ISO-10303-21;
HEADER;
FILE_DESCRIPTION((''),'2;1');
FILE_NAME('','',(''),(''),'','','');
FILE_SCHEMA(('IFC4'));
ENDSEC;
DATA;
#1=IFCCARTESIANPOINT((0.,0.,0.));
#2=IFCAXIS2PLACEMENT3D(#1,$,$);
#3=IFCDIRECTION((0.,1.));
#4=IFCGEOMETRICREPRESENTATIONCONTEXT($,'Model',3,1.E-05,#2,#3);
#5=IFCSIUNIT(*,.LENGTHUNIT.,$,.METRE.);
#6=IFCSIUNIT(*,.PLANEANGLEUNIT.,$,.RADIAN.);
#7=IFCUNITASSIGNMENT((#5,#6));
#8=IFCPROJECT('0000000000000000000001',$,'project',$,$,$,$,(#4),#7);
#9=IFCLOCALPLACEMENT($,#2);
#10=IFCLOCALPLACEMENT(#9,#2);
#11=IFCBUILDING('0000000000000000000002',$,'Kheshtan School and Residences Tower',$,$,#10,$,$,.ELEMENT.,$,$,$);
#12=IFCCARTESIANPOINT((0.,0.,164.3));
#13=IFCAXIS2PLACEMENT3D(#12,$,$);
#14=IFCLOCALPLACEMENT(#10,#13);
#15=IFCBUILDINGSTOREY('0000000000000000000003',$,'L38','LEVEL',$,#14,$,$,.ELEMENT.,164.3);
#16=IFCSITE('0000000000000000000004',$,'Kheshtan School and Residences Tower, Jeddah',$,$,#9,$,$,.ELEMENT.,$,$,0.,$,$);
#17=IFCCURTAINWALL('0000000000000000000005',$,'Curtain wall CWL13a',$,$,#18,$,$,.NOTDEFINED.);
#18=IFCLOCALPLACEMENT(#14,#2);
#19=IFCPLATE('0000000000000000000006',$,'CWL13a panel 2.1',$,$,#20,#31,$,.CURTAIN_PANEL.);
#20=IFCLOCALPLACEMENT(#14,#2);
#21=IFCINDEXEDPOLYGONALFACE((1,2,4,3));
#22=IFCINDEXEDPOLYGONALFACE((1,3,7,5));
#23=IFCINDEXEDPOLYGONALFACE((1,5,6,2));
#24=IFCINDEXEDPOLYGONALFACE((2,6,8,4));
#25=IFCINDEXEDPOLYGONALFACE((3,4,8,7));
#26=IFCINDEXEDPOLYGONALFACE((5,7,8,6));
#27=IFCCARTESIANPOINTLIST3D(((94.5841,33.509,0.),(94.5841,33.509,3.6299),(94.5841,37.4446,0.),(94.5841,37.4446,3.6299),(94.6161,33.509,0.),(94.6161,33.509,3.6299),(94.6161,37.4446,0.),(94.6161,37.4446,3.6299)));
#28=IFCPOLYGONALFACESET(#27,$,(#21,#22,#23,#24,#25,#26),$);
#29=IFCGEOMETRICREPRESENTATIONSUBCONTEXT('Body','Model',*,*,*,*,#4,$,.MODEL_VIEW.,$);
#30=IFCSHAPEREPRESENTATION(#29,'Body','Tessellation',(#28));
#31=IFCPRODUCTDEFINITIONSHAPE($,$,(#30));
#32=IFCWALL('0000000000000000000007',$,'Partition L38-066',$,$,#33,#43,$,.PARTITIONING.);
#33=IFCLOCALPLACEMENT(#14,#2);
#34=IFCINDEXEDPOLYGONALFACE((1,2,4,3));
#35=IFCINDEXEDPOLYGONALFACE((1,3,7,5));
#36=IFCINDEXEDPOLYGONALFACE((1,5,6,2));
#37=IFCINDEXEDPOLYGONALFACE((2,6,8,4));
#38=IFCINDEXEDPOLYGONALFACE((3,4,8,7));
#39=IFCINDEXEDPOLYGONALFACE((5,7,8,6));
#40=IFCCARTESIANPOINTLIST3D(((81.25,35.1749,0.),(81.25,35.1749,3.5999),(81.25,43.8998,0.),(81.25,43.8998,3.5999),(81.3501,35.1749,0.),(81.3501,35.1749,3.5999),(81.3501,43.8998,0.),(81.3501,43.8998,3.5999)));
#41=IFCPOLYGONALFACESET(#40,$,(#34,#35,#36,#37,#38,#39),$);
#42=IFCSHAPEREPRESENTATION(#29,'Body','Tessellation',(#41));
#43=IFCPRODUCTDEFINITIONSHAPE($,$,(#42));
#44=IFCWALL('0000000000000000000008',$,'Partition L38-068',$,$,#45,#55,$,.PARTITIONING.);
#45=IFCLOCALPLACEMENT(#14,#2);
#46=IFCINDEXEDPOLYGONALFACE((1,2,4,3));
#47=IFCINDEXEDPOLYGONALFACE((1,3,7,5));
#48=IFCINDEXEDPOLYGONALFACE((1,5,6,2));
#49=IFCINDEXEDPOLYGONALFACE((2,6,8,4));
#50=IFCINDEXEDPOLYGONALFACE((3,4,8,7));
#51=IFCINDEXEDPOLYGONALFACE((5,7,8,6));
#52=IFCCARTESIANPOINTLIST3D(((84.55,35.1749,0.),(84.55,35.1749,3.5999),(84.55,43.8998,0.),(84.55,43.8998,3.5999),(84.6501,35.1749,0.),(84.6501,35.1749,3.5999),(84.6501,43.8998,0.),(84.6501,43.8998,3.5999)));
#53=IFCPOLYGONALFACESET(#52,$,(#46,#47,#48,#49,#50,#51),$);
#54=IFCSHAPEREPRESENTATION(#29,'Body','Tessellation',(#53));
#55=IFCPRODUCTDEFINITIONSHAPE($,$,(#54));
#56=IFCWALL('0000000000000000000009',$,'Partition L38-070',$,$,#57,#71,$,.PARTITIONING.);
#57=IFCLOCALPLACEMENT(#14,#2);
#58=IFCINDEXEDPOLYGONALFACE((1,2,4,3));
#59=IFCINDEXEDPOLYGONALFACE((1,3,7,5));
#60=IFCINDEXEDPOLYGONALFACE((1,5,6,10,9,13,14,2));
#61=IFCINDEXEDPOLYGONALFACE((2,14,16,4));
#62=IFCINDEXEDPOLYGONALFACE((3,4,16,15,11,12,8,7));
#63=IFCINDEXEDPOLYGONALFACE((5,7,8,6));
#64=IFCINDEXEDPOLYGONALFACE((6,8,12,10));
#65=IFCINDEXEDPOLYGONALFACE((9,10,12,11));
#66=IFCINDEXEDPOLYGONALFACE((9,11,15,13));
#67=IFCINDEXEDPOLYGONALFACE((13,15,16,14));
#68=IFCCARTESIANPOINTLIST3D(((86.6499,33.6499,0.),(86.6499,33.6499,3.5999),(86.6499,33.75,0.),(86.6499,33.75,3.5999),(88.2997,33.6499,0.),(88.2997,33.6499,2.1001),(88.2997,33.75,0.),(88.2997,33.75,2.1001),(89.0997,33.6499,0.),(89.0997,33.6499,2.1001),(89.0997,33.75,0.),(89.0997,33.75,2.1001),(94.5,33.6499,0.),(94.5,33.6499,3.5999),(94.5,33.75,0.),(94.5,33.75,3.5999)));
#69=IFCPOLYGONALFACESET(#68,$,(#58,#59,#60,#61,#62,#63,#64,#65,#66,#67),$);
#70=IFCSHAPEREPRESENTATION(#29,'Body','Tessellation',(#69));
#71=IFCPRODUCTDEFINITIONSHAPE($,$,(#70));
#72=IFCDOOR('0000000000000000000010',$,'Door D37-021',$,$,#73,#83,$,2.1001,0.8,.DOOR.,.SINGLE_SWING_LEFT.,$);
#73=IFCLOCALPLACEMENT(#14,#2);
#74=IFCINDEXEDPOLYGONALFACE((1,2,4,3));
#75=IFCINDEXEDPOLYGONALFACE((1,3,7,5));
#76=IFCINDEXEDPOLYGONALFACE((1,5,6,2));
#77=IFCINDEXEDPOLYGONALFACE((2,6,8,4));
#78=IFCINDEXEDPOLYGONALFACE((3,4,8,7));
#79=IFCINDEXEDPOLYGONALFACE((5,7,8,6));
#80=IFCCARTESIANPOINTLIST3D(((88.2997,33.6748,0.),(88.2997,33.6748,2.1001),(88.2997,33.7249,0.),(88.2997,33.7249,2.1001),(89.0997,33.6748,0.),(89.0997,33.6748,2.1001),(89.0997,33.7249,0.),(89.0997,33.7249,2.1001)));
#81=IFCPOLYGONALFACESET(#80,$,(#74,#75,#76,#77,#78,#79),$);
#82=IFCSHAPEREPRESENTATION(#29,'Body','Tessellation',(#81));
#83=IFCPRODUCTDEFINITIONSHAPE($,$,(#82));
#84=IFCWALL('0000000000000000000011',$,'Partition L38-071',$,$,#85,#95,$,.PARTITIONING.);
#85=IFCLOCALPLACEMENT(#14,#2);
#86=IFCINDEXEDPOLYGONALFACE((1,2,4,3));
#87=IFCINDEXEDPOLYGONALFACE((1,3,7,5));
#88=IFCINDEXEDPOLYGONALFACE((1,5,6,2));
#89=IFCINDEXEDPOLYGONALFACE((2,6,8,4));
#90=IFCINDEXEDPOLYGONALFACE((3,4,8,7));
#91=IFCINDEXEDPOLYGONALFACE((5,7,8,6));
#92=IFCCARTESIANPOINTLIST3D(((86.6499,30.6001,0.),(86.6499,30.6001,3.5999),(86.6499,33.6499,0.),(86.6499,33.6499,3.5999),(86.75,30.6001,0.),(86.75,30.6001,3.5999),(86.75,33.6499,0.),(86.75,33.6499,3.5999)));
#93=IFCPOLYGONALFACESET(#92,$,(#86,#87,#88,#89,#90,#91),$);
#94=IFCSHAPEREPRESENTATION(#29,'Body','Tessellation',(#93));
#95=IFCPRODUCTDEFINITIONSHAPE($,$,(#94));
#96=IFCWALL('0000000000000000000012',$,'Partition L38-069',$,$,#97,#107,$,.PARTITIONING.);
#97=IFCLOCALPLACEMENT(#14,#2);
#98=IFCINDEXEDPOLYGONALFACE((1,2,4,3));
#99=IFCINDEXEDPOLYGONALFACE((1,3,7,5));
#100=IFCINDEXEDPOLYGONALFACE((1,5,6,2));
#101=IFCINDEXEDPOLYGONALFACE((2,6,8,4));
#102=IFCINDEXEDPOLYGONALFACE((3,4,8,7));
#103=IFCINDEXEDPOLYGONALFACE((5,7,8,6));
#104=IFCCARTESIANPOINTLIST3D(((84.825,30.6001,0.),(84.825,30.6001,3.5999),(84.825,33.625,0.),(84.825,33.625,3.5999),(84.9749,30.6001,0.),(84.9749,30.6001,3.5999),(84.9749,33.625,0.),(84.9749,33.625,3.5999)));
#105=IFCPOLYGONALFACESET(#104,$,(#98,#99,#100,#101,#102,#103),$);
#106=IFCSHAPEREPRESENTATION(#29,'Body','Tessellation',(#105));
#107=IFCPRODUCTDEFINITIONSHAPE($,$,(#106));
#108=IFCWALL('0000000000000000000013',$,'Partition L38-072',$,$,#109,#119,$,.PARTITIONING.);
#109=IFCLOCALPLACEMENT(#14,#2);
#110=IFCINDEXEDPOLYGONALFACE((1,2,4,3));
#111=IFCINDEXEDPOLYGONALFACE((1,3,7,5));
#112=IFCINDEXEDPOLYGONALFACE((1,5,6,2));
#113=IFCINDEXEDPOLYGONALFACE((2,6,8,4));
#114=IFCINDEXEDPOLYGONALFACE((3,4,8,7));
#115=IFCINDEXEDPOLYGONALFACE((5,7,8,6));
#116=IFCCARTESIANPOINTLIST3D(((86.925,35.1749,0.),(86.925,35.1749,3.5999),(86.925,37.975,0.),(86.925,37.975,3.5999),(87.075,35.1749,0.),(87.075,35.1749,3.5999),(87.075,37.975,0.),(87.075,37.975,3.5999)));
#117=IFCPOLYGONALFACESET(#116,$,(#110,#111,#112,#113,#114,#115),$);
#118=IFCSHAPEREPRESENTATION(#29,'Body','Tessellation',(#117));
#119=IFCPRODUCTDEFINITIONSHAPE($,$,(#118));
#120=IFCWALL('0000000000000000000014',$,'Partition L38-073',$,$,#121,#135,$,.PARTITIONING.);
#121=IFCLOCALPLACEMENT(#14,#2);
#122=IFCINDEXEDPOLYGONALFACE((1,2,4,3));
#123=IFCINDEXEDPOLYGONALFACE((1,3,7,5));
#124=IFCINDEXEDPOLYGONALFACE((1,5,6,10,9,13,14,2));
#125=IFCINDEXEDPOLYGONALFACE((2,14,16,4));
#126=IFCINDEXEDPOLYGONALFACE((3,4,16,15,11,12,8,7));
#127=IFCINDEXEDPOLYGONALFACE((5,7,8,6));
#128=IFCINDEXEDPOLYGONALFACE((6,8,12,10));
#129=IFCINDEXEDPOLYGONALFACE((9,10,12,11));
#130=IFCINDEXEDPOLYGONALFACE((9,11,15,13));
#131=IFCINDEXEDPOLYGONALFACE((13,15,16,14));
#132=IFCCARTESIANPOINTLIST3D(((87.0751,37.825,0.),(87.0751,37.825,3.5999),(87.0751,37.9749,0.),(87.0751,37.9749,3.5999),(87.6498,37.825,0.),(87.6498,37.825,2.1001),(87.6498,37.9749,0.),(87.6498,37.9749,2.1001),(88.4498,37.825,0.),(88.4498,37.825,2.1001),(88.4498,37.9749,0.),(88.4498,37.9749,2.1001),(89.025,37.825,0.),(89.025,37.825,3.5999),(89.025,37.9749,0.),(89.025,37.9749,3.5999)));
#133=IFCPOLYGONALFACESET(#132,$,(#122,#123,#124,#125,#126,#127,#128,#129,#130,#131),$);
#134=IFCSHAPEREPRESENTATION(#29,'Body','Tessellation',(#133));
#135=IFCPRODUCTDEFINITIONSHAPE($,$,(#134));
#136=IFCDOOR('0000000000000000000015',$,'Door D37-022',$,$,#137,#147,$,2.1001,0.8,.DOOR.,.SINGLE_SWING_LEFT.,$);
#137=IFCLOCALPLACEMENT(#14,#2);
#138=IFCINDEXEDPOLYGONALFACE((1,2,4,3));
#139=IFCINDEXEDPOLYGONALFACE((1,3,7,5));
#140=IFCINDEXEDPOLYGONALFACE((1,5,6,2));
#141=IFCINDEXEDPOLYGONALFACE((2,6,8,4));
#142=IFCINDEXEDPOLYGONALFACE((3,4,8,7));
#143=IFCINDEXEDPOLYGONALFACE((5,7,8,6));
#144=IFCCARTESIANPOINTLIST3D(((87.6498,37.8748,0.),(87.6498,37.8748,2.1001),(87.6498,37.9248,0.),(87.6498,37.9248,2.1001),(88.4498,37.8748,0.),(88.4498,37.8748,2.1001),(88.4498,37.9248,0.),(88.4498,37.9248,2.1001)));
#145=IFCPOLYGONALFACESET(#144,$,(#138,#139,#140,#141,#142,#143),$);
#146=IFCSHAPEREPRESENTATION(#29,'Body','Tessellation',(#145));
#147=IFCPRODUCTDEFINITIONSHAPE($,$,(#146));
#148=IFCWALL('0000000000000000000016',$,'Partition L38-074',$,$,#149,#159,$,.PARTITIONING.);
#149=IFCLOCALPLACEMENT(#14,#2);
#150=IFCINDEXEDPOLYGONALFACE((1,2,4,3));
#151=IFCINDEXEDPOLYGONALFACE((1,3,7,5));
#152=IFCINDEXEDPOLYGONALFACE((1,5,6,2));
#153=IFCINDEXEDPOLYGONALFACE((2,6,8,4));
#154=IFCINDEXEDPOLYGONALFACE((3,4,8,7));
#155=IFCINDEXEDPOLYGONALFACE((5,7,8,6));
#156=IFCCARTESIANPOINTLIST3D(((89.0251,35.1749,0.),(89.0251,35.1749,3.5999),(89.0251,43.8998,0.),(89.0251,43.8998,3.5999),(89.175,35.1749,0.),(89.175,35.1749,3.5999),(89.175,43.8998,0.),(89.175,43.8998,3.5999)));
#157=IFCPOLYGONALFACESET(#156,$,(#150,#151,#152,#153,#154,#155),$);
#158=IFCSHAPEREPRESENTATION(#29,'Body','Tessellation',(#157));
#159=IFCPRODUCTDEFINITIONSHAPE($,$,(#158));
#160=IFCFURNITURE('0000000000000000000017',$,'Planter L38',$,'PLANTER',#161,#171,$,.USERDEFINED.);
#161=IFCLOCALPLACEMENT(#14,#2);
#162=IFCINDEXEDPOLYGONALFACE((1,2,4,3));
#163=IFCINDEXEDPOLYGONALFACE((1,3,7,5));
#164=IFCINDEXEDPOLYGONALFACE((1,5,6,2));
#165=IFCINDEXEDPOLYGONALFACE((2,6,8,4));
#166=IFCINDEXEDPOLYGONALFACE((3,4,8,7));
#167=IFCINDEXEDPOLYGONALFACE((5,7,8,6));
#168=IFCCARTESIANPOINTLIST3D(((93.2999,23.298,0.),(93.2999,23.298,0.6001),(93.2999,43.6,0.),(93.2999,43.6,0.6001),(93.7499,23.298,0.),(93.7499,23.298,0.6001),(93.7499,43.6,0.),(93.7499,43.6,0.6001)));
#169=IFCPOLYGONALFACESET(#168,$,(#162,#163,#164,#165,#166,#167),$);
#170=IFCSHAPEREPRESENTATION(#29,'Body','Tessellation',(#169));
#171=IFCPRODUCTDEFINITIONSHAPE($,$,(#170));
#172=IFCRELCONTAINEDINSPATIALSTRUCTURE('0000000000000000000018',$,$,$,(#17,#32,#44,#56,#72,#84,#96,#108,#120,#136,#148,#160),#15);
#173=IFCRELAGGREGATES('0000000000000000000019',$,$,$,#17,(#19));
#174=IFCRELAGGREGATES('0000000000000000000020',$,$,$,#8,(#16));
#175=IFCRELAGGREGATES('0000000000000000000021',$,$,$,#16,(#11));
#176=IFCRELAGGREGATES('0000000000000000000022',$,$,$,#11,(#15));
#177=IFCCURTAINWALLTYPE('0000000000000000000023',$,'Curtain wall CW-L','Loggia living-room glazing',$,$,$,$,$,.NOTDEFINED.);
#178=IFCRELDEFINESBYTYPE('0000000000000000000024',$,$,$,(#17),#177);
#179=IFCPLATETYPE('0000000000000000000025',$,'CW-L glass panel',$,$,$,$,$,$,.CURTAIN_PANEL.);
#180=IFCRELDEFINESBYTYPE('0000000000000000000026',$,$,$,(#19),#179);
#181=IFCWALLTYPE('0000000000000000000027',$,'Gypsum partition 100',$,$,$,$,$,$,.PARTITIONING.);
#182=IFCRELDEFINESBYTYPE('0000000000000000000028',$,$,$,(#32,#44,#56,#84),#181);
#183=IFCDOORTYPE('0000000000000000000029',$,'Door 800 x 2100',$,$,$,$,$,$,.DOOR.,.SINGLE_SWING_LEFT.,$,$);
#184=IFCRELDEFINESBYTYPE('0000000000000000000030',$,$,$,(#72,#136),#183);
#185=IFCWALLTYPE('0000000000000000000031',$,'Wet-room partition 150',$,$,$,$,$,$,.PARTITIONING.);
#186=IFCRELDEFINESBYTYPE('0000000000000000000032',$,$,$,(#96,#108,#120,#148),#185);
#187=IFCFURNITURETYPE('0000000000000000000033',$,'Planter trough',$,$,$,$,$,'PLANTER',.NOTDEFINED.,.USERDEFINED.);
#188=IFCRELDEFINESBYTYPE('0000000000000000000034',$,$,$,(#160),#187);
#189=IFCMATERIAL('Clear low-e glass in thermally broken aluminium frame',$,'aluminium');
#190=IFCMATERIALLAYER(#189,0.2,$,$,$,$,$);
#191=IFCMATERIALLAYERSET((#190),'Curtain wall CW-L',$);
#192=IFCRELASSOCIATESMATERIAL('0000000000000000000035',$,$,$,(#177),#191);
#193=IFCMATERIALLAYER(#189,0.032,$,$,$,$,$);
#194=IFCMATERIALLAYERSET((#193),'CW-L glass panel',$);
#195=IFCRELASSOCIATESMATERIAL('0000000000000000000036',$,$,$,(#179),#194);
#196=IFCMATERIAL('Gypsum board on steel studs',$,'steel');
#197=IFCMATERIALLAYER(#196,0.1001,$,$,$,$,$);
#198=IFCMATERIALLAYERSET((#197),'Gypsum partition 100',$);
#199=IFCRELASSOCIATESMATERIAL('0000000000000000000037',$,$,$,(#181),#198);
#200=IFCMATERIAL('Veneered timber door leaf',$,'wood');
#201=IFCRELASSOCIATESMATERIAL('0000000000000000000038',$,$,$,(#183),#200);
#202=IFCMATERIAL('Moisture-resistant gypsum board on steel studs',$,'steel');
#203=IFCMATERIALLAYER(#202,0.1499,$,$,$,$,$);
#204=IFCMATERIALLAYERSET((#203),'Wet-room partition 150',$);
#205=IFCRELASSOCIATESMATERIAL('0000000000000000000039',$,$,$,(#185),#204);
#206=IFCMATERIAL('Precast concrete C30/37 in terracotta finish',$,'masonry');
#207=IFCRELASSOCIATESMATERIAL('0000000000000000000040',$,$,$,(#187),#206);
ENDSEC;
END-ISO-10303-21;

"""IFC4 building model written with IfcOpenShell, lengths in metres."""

from ifc_helpers import new_model, si_unit, direction, frame, frame_2d, origin, origin_2d, place, context, subcontext, project, spatial, rectangle, extrude, source, transform, mapped, material, layer, layer_set, type_object, element, fill, aggregate, save


model = new_model("IFC4")

# Units and contexts
model_context = context("Model", 3, precision=1e-05, world=origin(), true_north=direction((0.0, 1.0)))
body_context = subcontext(model_context, "Body", "Model", "MODEL_VIEW")
ifc_project = project(units=[si_unit("LENGTHUNIT", "METRE"), si_unit("PLANEANGLEUNIT", "RADIAN")], contexts=[model_context])

# Site, building, storey
site_placement = place(None, origin())
site = spatial("IfcSite", under=ifc_project, at=site_placement, Name="Kheshtan School and Residences Tower, Jeddah", CompositionType="ELEMENT", RefElevation=0.0)
building_placement = place(site_placement, origin())
building = spatial("IfcBuilding", under=site, at=building_placement, Name="Kheshtan School and Residences Tower", CompositionType="ELEMENT")
storey_placement = place(building_placement, frame((0.0, 0.0, 164.3)))
storey = spatial("IfcBuildingStorey", under=building, at=storey_placement, Name="L38", Description="LEVEL", CompositionType="ELEMENT", Elevation=164.3)

# Curtain wall
ifc_material_1 = material(Name="Clear low-e glass in thermally broken aluminium frame", Category="aluminium")
ifc_layer_1 = layer(ifc_material_1, 0.2)
ifc_layer_set_1 = layer_set([ifc_layer_1], Name="Curtain wall CW-L")
curtain_wall_type = type_object("IfcCurtainWallType", Name="Curtain wall CW-L", Description="Loggia living-room glazing", PredefinedType="NOTDEFINED", material=ifc_layer_set_1)
curtain_wall_1_placement = place(storey_placement, origin())
curtain_wall_1 = element("IfcCurtainWall", 1, at=curtain_wall_1_placement, inside=storey, type_object=curtain_wall_type, Name="Curtain wall CWL13a", PredefinedType="NOTDEFINED")

# Plate
ifc_layer_2 = layer(ifc_material_1, 0.032)
ifc_layer_set_2 = layer_set([ifc_layer_2], Name="CW-L glass panel")
plate_type = type_object("IfcPlateType", Name="CW-L glass panel", PredefinedType="CURTAIN_PANEL", material=ifc_layer_set_2)
plate_1_placement = place(storey_placement, frame((94.6001, 35.4768, 0.0), z_axis=(0.0, 0.0, 1.0), x_axis=(0.0, -1.0, 0.0)))
plate_1 = element("IfcPlate", 2, at=plate_1_placement, type_object=plate_type, Name="CWL13a panel 2.1", PredefinedType="CURTAIN_PANEL", context=body_context, shape_type="SweptSolid", body=[
    extrude(rectangle(XDim=3.9355, YDim=0.032, at=origin_2d()), origin(), (0.0, 0.0, 1.0), 3.6299),
])
aggregate(curtain_wall_1, [plate_1])

# Walls
ifc_material_2 = material(Name="Gypsum board on steel studs", Category="steel")
ifc_layer_3 = layer(ifc_material_2, 0.1001)
ifc_layer_set_3 = layer_set([ifc_layer_3], Name="Gypsum partition 100")
wall_type_1 = type_object("IfcWallType", Name="Gypsum partition 100", PredefinedType="PARTITIONING", material=ifc_layer_set_3)
for number, where, z_axis, x_axis, name in (
    (3, (81.3, 35.175, 0.0), (0.0, 0.0, 1.0), (0.0, 1.0, 0.0), "Partition L38-066"),
    (4, (84.6001, 35.175, 0.0), (0.0, 0.0, 1.0), (0.0, 1.0, 0.0), "Partition L38-068"),
):
    element("IfcWall", number, at=place(storey_placement, frame(where, z_axis=z_axis, x_axis=x_axis)), inside=storey, type_object=wall_type_1, Name=name, PredefinedType="PARTITIONING", context=body_context, shape_type="SweptSolid", body=[
        extrude(rectangle(XDim=8.7249, YDim=0.1001, at=frame_2d((4.3623, 0.0))), origin(), (0.0, 0.0, 1.0), 3.5999),
    ])

# Wall, opening, door
wall_1_placement = place(storey_placement, frame((86.6499, 33.7, 0.0), z_axis=(0.0, 0.0, 1.0), x_axis=(1.0, 0.0, 0.0)))
wall_1 = element("IfcWall", 5, at=wall_1_placement, inside=storey, type_object=wall_type_1, Name="Partition L38-070", PredefinedType="PARTITIONING", context=body_context, shape_type="SweptSolid", body=[
    extrude(rectangle(XDim=7.8501, YDim=0.1001, at=frame_2d((3.925, 0.0))), origin(), (0.0, 0.0, 1.0), 3.5999),
])
opening_1_placement = place(wall_1_placement, frame((1.6499, 0.0, 0.0)))
opening_1 = element("IfcOpeningElement", 6, at=opening_1_placement, cuts=wall_1, PredefinedType="OPENING", context=body_context, shape_type="SweptSolid", body=[
    extrude(rectangle(XDim=0.8, YDim=2.1001, at=frame_2d((0.3999, 1.05))), frame((0.0, 0.0601, 0.0), z_axis=(0.0, -1.0, 0.0), x_axis=(1.0, 0.0, 0.0)), (0.0, 0.0, 1.0), 0.1201),
])
ifc_material_3 = material(Name="Veneered timber door leaf", Category="wood")
door_type_1 = type_object("IfcDoorType", Name="Door 800 x 2100", OperationType="SINGLE_SWING_LEFT", PredefinedType="DOOR", material=ifc_material_3)
shared_shape_1 = source(origin(), body_context, "Body", "SweptSolid", [
    extrude(rectangle(XDim=0.8, YDim=2.1001, at=frame_2d((0.3999, 1.05))), frame((0.0, 0.0249, 0.0), z_axis=(0.0, -1.0, 0.0), x_axis=(1.0, 0.0, 0.0)), (0.0, 0.0, 1.0), 0.05),
])
door_1_placement = place(opening_1_placement, origin())
door_1 = element("IfcDoor", 7, at=door_1_placement, inside=storey, type_object=door_type_1, Name="Door D37-021", OperationType="SINGLE_SWING_LEFT", OverallHeight=2.1001, OverallWidth=0.8, PredefinedType="DOOR", context=body_context, shape_type="MappedRepresentation", body=[
    mapped(shared_shape_1, transform((0.0, 0.0, 0.0), x_axis=(1.0, 0.0, 0.0), y_axis=(0.0, 1.0, 0.0), z_axis=(0.0, 0.0, 1.0), scale=1.0)),
])
fill(opening_1, door_1)

# Walls
wall_2_placement = place(storey_placement, frame((86.7, 30.6001, 0.0), z_axis=(0.0, 0.0, 1.0), x_axis=(0.0, 1.0, 0.0)))
element("IfcWall", 8, at=wall_2_placement, inside=storey, type_object=wall_type_1, Name="Partition L38-071", PredefinedType="PARTITIONING", context=body_context, shape_type="SweptSolid", body=[
    extrude(rectangle(XDim=3.0498, YDim=0.1001, at=frame_2d((1.5249, 0.0))), origin(), (0.0, 0.0, 1.0), 3.5999),
])
ifc_material_4 = material(Name="Moisture-resistant gypsum board on steel studs", Category="steel")
ifc_layer_4 = layer(ifc_material_4, 0.1499)
ifc_layer_set_4 = layer_set([ifc_layer_4], Name="Wet-room partition 150")
wall_type_2 = type_object("IfcWallType", Name="Wet-room partition 150", PredefinedType="PARTITIONING", material=ifc_layer_set_4)
wall_3_placement = place(storey_placement, frame((84.8999, 30.6001, 0.0), z_axis=(0.0, 0.0, 1.0), x_axis=(0.0, 1.0, 0.0)))
element("IfcWall", 9, at=wall_3_placement, inside=storey, type_object=wall_type_2, Name="Partition L38-069", PredefinedType="PARTITIONING", context=body_context, shape_type="SweptSolid", body=[
    extrude(rectangle(XDim=3.0249, YDim=0.1499, at=frame_2d((1.5125, 0.0))), origin(), (0.0, 0.0, 1.0), 3.5999),
])
wall_4_placement = place(storey_placement, frame((87.0, 35.175, 0.0), z_axis=(0.0, 0.0, 1.0), x_axis=(0.0, 1.0, 0.0)))
element("IfcWall", 10, at=wall_4_placement, inside=storey, type_object=wall_type_2, Name="Partition L38-072", PredefinedType="PARTITIONING", context=body_context, shape_type="SweptSolid", body=[
    extrude(rectangle(XDim=2.8, YDim=0.1499, at=frame_2d((1.3999, 0.0))), origin(), (0.0, 0.0, 1.0), 3.5999),
])

# Wall, opening, door
wall_5_placement = place(storey_placement, frame((87.075, 37.8999, 0.0), z_axis=(0.0, 0.0, 1.0), x_axis=(1.0, 0.0, 0.0)))
wall_5 = element("IfcWall", 11, at=wall_5_placement, inside=storey, type_object=wall_type_2, Name="Partition L38-073", PredefinedType="PARTITIONING", context=body_context, shape_type="SweptSolid", body=[
    extrude(rectangle(XDim=1.95, YDim=0.1499, at=frame_2d((0.9751, 0.0))), origin(), (0.0, 0.0, 1.0), 3.5999),
])
opening_2_placement = place(wall_5_placement, frame((0.575, 0.0, 0.0)))
opening_2 = element("IfcOpeningElement", 12, at=opening_2_placement, cuts=wall_5, PredefinedType="OPENING", context=body_context, shape_type="SweptSolid", body=[
    extrude(rectangle(XDim=0.8, YDim=2.1001, at=frame_2d((0.3999, 1.05))), frame((0.0, 0.085, 0.0), z_axis=(0.0, -1.0, 0.0), x_axis=(1.0, 0.0, 0.0)), (0.0, 0.0, 1.0), 0.1699),
])
door_2_placement = place(opening_2_placement, origin())
door_2 = element("IfcDoor", 13, at=door_2_placement, inside=storey, type_object=door_type_1, Name="Door D37-022", OperationType="SINGLE_SWING_LEFT", OverallHeight=2.1001, OverallWidth=0.8, PredefinedType="DOOR", context=body_context, shape_type="MappedRepresentation", body=[
    mapped(shared_shape_1, transform((0.0, 0.0, 0.0), x_axis=(1.0, 0.0, 0.0), y_axis=(0.0, 1.0, 0.0), z_axis=(0.0, 0.0, 1.0), scale=1.0)),
])
fill(opening_2, door_2)

# Wall
wall_6_placement = place(storey_placement, frame((89.1001, 35.175, 0.0), z_axis=(0.0, 0.0, 1.0), x_axis=(0.0, 1.0, 0.0)))
element("IfcWall", 14, at=wall_6_placement, inside=storey, type_object=wall_type_2, Name="Partition L38-074", PredefinedType="PARTITIONING", context=body_context, shape_type="SweptSolid", body=[
    extrude(rectangle(XDim=8.7249, YDim=0.1499, at=frame_2d((4.3623, 0.0))), origin(), (0.0, 0.0, 1.0), 3.5999),
])

# Furniture
ifc_material_5 = material(Name="Precast concrete C30/37 in terracotta finish", Category="masonry")
furniture_type = type_object("IfcFurnitureType", Name="Planter trough", ElementType="PLANTER", AssemblyPlace="NOTDEFINED", PredefinedType="USERDEFINED", material=ifc_material_5)
furniture_placement = place(storey_placement, frame((93.5249, 33.449, 0.0), z_axis=(0.0, 0.0, 1.0), x_axis=(0.0, -1.0, 0.0)))
element("IfcFurniture", 15, at=furniture_placement, inside=storey, type_object=furniture_type, Name="Planter L38", ObjectType="PLANTER", PredefinedType="USERDEFINED", context=body_context, shape_type="SweptSolid", body=[
    extrude(rectangle(XDim=20.302, YDim=0.45, at=origin_2d()), origin(), (0.0, 0.0, 1.0), 0.6001),
])

save(model, "model.ifc")
